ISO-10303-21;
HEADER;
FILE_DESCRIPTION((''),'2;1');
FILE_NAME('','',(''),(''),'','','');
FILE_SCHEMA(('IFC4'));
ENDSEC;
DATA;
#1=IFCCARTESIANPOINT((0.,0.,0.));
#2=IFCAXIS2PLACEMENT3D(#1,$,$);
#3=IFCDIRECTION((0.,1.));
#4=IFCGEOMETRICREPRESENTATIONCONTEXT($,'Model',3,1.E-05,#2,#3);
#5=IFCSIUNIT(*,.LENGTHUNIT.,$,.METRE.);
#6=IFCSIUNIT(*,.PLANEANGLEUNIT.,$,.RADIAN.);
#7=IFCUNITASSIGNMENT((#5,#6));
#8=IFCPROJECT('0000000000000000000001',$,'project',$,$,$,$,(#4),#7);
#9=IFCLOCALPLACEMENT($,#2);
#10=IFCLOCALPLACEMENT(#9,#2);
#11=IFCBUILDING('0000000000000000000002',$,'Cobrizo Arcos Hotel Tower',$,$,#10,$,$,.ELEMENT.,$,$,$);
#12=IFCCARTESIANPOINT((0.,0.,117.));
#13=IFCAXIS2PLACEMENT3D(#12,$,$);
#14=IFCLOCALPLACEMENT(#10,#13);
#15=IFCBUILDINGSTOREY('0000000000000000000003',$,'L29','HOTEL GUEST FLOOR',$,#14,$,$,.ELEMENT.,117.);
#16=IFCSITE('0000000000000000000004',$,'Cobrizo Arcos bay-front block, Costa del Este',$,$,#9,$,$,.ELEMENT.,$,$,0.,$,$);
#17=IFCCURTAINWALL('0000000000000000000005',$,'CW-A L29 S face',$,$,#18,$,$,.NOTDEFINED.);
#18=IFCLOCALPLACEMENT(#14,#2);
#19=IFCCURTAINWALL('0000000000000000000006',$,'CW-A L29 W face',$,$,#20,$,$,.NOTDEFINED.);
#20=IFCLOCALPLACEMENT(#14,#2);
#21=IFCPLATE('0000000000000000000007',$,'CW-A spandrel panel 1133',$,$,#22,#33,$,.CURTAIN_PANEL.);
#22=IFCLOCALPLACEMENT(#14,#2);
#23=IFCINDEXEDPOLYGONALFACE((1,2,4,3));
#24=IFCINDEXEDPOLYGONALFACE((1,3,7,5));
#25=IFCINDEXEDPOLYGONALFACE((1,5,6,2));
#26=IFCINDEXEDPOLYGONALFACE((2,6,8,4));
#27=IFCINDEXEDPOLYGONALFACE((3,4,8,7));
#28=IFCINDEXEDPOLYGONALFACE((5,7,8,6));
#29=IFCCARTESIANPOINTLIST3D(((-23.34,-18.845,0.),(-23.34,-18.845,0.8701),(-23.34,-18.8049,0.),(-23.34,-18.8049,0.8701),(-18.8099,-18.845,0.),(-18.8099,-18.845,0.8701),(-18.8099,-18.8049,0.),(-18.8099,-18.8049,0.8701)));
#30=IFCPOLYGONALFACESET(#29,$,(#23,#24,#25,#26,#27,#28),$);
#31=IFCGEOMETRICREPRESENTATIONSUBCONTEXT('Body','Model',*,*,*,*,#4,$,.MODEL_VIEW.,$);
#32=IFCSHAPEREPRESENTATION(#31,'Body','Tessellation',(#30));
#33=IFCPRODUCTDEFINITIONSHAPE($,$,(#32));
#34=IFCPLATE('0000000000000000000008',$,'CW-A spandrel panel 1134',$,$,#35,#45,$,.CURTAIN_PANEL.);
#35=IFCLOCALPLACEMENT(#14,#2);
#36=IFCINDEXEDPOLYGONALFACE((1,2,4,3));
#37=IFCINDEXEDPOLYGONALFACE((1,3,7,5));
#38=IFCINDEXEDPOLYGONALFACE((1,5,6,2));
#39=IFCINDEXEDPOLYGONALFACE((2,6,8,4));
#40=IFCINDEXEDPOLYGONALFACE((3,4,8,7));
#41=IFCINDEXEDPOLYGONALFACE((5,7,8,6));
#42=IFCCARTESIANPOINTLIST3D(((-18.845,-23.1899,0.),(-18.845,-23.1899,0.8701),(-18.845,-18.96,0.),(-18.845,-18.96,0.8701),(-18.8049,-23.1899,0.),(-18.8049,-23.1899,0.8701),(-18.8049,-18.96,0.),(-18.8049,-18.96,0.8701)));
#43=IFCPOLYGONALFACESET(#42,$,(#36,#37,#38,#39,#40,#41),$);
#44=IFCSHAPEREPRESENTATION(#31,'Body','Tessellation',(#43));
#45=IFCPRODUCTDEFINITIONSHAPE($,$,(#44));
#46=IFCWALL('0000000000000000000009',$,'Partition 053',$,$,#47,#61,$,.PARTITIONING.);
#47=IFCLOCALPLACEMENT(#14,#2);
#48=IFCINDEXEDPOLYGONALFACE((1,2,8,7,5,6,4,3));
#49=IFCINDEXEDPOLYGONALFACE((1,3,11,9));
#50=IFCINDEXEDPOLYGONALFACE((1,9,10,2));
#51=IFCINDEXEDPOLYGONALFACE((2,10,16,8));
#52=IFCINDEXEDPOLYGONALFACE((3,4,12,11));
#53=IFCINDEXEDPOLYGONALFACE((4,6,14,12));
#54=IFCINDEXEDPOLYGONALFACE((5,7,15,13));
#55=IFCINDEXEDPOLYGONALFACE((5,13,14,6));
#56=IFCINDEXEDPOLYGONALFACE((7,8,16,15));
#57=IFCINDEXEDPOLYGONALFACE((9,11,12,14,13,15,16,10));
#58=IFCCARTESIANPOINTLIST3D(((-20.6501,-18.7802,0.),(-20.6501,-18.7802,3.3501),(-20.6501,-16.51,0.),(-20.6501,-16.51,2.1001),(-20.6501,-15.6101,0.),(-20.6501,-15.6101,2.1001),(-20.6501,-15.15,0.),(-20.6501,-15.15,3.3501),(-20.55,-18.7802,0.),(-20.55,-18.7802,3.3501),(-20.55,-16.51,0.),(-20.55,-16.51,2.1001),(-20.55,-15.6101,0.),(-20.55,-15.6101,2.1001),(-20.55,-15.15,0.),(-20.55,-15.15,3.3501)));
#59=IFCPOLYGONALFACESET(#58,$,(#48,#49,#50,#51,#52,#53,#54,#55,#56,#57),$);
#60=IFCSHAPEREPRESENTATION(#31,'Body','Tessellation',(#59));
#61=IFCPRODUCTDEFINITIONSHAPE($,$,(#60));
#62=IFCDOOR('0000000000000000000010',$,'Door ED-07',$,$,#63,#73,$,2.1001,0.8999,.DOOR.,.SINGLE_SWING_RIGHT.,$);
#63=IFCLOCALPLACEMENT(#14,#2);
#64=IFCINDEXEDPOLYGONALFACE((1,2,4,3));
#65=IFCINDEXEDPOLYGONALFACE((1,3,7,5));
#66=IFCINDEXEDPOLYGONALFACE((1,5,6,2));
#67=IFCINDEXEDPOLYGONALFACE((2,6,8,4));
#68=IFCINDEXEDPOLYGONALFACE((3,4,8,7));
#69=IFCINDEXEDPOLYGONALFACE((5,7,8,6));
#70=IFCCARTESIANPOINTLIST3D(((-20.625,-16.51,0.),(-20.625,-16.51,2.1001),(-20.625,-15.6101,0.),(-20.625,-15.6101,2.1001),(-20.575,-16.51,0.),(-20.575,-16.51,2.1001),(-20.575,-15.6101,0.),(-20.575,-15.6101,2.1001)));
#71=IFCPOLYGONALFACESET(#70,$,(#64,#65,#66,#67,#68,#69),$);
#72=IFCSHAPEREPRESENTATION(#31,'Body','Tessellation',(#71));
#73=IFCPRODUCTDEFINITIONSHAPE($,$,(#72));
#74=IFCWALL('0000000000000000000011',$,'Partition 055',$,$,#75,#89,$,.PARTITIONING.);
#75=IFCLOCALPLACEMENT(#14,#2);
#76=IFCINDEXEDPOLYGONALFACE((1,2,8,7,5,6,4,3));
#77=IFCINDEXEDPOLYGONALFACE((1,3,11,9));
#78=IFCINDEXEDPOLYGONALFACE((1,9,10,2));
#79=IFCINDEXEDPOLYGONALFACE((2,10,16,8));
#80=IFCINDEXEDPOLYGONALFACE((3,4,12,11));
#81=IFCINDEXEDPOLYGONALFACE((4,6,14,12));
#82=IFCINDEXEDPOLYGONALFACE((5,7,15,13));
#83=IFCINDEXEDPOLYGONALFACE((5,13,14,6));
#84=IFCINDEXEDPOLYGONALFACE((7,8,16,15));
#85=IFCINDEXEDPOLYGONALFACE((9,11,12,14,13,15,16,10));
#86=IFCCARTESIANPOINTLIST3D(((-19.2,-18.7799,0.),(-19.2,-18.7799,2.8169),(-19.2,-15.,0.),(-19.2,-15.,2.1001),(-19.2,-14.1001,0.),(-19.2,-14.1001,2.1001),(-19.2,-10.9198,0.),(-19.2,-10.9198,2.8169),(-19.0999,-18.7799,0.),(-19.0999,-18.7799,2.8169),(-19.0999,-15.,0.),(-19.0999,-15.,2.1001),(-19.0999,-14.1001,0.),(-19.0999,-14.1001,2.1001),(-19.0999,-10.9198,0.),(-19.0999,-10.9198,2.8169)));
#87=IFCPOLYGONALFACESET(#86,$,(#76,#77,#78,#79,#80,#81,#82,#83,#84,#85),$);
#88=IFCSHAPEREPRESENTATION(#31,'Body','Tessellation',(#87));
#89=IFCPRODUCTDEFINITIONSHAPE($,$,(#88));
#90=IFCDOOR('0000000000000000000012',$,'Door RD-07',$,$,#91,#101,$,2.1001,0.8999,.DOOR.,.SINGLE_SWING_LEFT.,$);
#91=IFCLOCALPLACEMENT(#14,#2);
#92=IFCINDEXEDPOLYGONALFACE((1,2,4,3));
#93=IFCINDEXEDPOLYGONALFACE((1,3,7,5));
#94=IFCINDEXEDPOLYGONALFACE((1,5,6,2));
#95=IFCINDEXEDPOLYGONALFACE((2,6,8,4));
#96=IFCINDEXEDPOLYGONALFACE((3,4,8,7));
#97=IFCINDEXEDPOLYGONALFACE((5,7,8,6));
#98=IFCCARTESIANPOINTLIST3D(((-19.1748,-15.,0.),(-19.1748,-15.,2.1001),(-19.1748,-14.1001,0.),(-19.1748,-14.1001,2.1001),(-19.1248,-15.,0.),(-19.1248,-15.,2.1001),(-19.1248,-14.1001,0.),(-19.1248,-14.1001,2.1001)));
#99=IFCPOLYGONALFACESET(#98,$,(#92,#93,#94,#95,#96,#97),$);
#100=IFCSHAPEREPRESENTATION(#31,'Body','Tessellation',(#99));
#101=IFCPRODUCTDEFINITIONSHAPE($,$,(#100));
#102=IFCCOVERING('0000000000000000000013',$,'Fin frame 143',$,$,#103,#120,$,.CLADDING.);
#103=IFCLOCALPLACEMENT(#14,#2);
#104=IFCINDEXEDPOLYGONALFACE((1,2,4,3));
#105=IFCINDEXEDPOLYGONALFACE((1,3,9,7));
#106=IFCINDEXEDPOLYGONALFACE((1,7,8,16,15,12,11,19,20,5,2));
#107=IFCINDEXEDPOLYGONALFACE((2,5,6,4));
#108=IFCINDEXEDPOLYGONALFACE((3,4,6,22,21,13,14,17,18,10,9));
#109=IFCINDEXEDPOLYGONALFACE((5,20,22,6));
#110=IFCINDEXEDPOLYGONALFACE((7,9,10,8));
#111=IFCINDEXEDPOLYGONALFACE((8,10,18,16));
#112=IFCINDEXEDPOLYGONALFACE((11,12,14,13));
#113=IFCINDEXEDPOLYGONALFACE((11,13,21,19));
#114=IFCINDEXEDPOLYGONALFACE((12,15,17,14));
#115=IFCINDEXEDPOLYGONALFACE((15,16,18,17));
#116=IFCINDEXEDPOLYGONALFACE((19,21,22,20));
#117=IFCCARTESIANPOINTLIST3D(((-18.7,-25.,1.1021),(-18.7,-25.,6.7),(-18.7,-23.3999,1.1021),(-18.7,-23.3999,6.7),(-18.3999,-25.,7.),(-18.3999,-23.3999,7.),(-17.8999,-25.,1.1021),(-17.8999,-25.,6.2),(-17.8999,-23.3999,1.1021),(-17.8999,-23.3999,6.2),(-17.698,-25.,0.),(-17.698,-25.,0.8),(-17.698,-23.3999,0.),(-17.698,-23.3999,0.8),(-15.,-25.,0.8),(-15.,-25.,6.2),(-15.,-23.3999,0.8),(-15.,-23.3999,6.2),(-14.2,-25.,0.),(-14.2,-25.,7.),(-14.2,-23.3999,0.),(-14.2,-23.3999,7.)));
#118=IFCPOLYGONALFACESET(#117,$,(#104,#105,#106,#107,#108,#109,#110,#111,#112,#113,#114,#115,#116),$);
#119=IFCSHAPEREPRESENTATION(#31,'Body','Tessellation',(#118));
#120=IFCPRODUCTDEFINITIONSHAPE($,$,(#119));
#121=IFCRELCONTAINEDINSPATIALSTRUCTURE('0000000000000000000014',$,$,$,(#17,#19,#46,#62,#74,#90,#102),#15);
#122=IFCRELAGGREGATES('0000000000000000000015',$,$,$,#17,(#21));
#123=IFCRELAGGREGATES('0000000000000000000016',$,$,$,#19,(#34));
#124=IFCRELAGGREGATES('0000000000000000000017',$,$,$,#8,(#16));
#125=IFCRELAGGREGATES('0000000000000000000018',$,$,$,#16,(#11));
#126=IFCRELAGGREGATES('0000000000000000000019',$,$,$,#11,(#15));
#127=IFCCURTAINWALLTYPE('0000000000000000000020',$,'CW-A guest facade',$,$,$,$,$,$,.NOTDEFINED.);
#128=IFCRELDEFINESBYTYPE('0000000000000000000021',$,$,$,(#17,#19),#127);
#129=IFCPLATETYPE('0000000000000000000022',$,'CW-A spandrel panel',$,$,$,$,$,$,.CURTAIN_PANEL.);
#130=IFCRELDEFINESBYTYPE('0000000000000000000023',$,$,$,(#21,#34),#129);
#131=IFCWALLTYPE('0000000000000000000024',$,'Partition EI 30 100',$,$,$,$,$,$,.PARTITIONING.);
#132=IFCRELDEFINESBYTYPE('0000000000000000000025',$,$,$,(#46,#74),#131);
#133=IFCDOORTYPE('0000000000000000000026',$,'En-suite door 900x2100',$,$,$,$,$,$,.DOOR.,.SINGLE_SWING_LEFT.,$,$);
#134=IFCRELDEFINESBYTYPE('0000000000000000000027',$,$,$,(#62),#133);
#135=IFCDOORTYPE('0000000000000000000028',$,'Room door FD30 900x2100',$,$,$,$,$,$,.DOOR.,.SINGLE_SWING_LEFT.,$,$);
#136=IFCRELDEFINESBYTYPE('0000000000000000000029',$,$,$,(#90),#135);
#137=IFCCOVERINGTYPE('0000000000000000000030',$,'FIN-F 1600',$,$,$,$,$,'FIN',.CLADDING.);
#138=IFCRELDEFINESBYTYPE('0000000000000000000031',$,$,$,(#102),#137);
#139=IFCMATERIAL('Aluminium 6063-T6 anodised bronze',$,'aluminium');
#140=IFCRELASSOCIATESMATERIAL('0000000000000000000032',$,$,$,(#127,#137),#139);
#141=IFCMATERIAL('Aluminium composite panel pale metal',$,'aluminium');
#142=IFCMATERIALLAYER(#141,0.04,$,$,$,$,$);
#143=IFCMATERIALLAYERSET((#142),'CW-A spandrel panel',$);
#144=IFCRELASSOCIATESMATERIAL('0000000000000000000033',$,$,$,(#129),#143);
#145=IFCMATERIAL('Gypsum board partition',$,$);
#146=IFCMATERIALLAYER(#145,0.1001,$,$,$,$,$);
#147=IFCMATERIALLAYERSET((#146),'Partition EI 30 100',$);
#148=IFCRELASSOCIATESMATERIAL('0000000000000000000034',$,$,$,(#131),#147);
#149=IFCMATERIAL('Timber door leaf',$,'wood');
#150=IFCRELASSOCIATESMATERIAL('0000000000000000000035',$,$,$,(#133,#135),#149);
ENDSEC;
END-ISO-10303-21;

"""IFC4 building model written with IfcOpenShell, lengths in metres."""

from ifc_helpers import new_model, si_unit, direction, frame, frame_2d, origin, origin_2d, place, context, subcontext, project, spatial, polyline, rectangle, outline, extrude, material, layer, layer_set, type_object, element, fill, aggregate, save


model = new_model("IFC4")

# Units and contexts
model_context = context("Model", 3, precision=1e-05, world=origin(), true_north=direction((0.0, 1.0)))
body_context = subcontext(model_context, "Body", "Model", "MODEL_VIEW")
ifc_project = project(units=[si_unit("LENGTHUNIT", "METRE"), si_unit("PLANEANGLEUNIT", "RADIAN")], contexts=[model_context])

# Site, building, storey
site_placement = place(None, origin())
site = spatial("IfcSite", under=ifc_project, at=site_placement, Name="Cobrizo Arcos bay-front block, Costa del Este", CompositionType="ELEMENT", RefElevation=0.0)
building_placement = place(site_placement, origin())
building = spatial("IfcBuilding", under=site, at=building_placement, Name="Cobrizo Arcos Hotel Tower", CompositionType="ELEMENT")
storey_placement = place(building_placement, frame((0.0, 0.0, 117.0)))
storey = spatial("IfcBuildingStorey", under=building, at=storey_placement, Name="L29", Description="HOTEL GUEST FLOOR", CompositionType="ELEMENT", Elevation=117.0)

# Shared definitions
ifc_material_1 = material(Name="Aluminium 6063-T6 anodised bronze", Category="aluminium")
curtain_wall_type = type_object("IfcCurtainWallType", Name="CW-A guest facade", PredefinedType="NOTDEFINED", material=ifc_material_1)

# Curtain walls
curtain_wall_1_placement = place(storey_placement, origin())
curtain_wall_1 = element("IfcCurtainWall", 1, at=curtain_wall_1_placement, inside=storey, type_object=curtain_wall_type, Name="CW-A L29 S face", PredefinedType="NOTDEFINED")
curtain_wall_2_placement = place(storey_placement, origin())
curtain_wall_2 = element("IfcCurtainWall", 2, at=curtain_wall_2_placement, inside=storey, type_object=curtain_wall_type, Name="CW-A L29 W face", PredefinedType="NOTDEFINED")

# Plates
ifc_material_2 = material(Name="Aluminium composite panel pale metal", Category="aluminium")
ifc_layer_1 = layer(ifc_material_2, 0.04)
ifc_layer_set_1 = layer_set([ifc_layer_1], Name="CW-A spandrel panel")
plate_type_1 = type_object("IfcPlateType", Name="CW-A spandrel panel", PredefinedType="CURTAIN_PANEL", material=ifc_layer_set_1)
plate_1_placement = place(storey_placement, frame((-21.075, -18.825, 0.0), z_axis=(0.0, 0.0, 1.0), x_axis=(1.0, 0.0, 0.0)))
plate_1 = element("IfcPlate", 3, at=plate_1_placement, type_object=plate_type_1, Name="CW-A spandrel panel 1133", PredefinedType="CURTAIN_PANEL", context=body_context, shape_type="SweptSolid", body=[
    extrude(rectangle(XDim=4.53, YDim=0.04, at=origin_2d()), origin(), (0.0, 0.0, 1.0), 0.8701),
])
aggregate(curtain_wall_1, [plate_1])
plate_2_placement = place(storey_placement, frame((-18.825, -21.075, 0.0), z_axis=(0.0, 0.0, 1.0), x_axis=(0.0, -1.0, 0.0)))
plate_2 = element("IfcPlate", 4, at=plate_2_placement, type_object=plate_type_1, Name="CW-A spandrel panel 1134", PredefinedType="CURTAIN_PANEL", context=body_context, shape_type="SweptSolid", body=[
    extrude(rectangle(XDim=4.23, YDim=0.04, at=origin_2d()), origin(), (0.0, 0.0, 1.0), 0.8701),
])
aggregate(curtain_wall_2, [plate_2])

# Walls, openings, doors
ifc_material_3 = material(Name="Gypsum board partition")
ifc_layer_2 = layer(ifc_material_3, 0.1001)
ifc_layer_set_2 = layer_set([ifc_layer_2], Name="Partition EI 30 100")
wall_type = type_object("IfcWallType", Name="Partition EI 30 100", PredefinedType="PARTITIONING", material=ifc_layer_set_2)
wall_1_placement = place(storey_placement, frame((-20.6001, -18.78, 0.0), z_axis=(0.0, 0.0, 1.0), x_axis=(0.0, 1.0, 0.0)))
wall_1 = element("IfcWall", 5, at=wall_1_placement, inside=storey, type_object=wall_type, Name="Partition 053", PredefinedType="PARTITIONING", context=body_context, shape_type="SweptSolid", body=[
    extrude(rectangle(XDim=3.6301, YDim=0.1001, at=frame_2d((1.8149, 0.0))), origin(), (0.0, 0.0, 1.0), 3.3501),
])
opening_1_placement = place(wall_1_placement, frame((2.27, 0.0, 0.0)))
opening_1 = element("IfcOpeningElement", 6, at=opening_1_placement, cuts=wall_1, PredefinedType="OPENING", context=body_context, shape_type="SweptSolid", body=[
    extrude(rectangle(XDim=0.8999, YDim=2.1001, at=frame_2d((0.45, 1.05))), frame((0.0, 0.062, 0.0), z_axis=(0.0, -1.0, 0.0), x_axis=(1.0, 0.0, 0.0)), (0.0, 0.0, 1.0), 0.124),
])
ifc_material_4 = material(Name="Timber door leaf", Category="wood")
door_type_1 = type_object("IfcDoorType", Name="En-suite door 900x2100", OperationType="SINGLE_SWING_LEFT", PredefinedType="DOOR", material=ifc_material_4)
door_1_placement = place(opening_1_placement, origin())
door_1 = element("IfcDoor", 7, at=door_1_placement, inside=storey, type_object=door_type_1, Name="Door ED-07", OperationType="SINGLE_SWING_RIGHT", OverallHeight=2.1001, OverallWidth=0.8999, PredefinedType="DOOR", context=body_context, shape_type="SweptSolid", body=[
    extrude(rectangle(XDim=0.8999, YDim=2.1001, at=frame_2d((0.45, 1.05))), frame((0.0, 0.0249, 0.0), z_axis=(0.0, -1.0, 0.0), x_axis=(1.0, 0.0, 0.0)), (0.0, 0.0, 1.0), 0.05),
])
fill(opening_1, door_1)
wall_2_placement = place(storey_placement, frame((-19.1499, -18.78, 0.0), z_axis=(0.0, 0.0, 1.0), x_axis=(0.0, 1.0, 0.0)))
wall_2 = element("IfcWall", 8, at=wall_2_placement, inside=storey, type_object=wall_type, Name="Partition 055", PredefinedType="PARTITIONING", context=body_context, shape_type="SweptSolid", body=[
    extrude(rectangle(XDim=7.8601, YDim=0.1001, at=frame_2d((3.9302, 0.0))), origin(), (0.0, 0.0, 1.0), 2.8169),
])
opening_2_placement = place(wall_2_placement, frame((3.78, 0.0, 0.0)))
opening_2 = element("IfcOpeningElement", 9, at=opening_2_placement, cuts=wall_2, PredefinedType="OPENING", context=body_context, shape_type="SweptSolid", body=[
    extrude(rectangle(XDim=0.8999, YDim=2.1001, at=frame_2d((0.45, 1.05))), frame((0.0, 0.062, 0.0), z_axis=(0.0, -1.0, 0.0), x_axis=(1.0, 0.0, 0.0)), (0.0, 0.0, 1.0), 0.124),
])
door_type_2 = type_object("IfcDoorType", Name="Room door FD30 900x2100", OperationType="SINGLE_SWING_LEFT", PredefinedType="DOOR", material=ifc_material_4)
door_2_placement = place(opening_2_placement, origin())
door_2 = element("IfcDoor", 10, at=door_2_placement, inside=storey, type_object=door_type_2, Name="Door RD-07", OperationType="SINGLE_SWING_LEFT", OverallHeight=2.1001, OverallWidth=0.8999, PredefinedType="DOOR", context=body_context, shape_type="SweptSolid", body=[
    extrude(rectangle(XDim=0.8999, YDim=2.1001, at=frame_2d((0.45, 1.05))), frame((0.0, 0.0249, 0.0), z_axis=(0.0, -1.0, 0.0), x_axis=(1.0, 0.0, 0.0)), (0.0, 0.0, 1.0), 0.05),
])
fill(opening_2, door_2)

# Covering
covering_type = type_object("IfcCoveringType", Name="FIN-F 1600", ElementType="FIN", PredefinedType="CLADDING", material=ifc_material_1)
covering_placement = place(storey_placement, frame((-18.7, -23.3999, 0.0), z_axis=(0.0, -1.0, 0.0), x_axis=(1.0, 0.0, 0.0)))
element("IfcCovering", 11, at=covering_placement, inside=storey, type_object=covering_type, Name="Fin frame 143", PredefinedType="CLADDING", context=body_context, shape_type="SweptSolid", body=[
    extrude(outline(polyline([(0.0, 6.7), (0.0, 1.1021), (0.8, 1.1021), (0.8, 6.2), (3.7, 6.2), (3.7, 0.8), (1.002, 0.8), (1.002, 0.0), (4.5, 0.0), (4.5, 7.0), (0.3, 7.0), (0.0, 6.7)])), origin(), (0.0, 0.0, 1.0), 1.6001),
])

save(model, "model.ifc")
